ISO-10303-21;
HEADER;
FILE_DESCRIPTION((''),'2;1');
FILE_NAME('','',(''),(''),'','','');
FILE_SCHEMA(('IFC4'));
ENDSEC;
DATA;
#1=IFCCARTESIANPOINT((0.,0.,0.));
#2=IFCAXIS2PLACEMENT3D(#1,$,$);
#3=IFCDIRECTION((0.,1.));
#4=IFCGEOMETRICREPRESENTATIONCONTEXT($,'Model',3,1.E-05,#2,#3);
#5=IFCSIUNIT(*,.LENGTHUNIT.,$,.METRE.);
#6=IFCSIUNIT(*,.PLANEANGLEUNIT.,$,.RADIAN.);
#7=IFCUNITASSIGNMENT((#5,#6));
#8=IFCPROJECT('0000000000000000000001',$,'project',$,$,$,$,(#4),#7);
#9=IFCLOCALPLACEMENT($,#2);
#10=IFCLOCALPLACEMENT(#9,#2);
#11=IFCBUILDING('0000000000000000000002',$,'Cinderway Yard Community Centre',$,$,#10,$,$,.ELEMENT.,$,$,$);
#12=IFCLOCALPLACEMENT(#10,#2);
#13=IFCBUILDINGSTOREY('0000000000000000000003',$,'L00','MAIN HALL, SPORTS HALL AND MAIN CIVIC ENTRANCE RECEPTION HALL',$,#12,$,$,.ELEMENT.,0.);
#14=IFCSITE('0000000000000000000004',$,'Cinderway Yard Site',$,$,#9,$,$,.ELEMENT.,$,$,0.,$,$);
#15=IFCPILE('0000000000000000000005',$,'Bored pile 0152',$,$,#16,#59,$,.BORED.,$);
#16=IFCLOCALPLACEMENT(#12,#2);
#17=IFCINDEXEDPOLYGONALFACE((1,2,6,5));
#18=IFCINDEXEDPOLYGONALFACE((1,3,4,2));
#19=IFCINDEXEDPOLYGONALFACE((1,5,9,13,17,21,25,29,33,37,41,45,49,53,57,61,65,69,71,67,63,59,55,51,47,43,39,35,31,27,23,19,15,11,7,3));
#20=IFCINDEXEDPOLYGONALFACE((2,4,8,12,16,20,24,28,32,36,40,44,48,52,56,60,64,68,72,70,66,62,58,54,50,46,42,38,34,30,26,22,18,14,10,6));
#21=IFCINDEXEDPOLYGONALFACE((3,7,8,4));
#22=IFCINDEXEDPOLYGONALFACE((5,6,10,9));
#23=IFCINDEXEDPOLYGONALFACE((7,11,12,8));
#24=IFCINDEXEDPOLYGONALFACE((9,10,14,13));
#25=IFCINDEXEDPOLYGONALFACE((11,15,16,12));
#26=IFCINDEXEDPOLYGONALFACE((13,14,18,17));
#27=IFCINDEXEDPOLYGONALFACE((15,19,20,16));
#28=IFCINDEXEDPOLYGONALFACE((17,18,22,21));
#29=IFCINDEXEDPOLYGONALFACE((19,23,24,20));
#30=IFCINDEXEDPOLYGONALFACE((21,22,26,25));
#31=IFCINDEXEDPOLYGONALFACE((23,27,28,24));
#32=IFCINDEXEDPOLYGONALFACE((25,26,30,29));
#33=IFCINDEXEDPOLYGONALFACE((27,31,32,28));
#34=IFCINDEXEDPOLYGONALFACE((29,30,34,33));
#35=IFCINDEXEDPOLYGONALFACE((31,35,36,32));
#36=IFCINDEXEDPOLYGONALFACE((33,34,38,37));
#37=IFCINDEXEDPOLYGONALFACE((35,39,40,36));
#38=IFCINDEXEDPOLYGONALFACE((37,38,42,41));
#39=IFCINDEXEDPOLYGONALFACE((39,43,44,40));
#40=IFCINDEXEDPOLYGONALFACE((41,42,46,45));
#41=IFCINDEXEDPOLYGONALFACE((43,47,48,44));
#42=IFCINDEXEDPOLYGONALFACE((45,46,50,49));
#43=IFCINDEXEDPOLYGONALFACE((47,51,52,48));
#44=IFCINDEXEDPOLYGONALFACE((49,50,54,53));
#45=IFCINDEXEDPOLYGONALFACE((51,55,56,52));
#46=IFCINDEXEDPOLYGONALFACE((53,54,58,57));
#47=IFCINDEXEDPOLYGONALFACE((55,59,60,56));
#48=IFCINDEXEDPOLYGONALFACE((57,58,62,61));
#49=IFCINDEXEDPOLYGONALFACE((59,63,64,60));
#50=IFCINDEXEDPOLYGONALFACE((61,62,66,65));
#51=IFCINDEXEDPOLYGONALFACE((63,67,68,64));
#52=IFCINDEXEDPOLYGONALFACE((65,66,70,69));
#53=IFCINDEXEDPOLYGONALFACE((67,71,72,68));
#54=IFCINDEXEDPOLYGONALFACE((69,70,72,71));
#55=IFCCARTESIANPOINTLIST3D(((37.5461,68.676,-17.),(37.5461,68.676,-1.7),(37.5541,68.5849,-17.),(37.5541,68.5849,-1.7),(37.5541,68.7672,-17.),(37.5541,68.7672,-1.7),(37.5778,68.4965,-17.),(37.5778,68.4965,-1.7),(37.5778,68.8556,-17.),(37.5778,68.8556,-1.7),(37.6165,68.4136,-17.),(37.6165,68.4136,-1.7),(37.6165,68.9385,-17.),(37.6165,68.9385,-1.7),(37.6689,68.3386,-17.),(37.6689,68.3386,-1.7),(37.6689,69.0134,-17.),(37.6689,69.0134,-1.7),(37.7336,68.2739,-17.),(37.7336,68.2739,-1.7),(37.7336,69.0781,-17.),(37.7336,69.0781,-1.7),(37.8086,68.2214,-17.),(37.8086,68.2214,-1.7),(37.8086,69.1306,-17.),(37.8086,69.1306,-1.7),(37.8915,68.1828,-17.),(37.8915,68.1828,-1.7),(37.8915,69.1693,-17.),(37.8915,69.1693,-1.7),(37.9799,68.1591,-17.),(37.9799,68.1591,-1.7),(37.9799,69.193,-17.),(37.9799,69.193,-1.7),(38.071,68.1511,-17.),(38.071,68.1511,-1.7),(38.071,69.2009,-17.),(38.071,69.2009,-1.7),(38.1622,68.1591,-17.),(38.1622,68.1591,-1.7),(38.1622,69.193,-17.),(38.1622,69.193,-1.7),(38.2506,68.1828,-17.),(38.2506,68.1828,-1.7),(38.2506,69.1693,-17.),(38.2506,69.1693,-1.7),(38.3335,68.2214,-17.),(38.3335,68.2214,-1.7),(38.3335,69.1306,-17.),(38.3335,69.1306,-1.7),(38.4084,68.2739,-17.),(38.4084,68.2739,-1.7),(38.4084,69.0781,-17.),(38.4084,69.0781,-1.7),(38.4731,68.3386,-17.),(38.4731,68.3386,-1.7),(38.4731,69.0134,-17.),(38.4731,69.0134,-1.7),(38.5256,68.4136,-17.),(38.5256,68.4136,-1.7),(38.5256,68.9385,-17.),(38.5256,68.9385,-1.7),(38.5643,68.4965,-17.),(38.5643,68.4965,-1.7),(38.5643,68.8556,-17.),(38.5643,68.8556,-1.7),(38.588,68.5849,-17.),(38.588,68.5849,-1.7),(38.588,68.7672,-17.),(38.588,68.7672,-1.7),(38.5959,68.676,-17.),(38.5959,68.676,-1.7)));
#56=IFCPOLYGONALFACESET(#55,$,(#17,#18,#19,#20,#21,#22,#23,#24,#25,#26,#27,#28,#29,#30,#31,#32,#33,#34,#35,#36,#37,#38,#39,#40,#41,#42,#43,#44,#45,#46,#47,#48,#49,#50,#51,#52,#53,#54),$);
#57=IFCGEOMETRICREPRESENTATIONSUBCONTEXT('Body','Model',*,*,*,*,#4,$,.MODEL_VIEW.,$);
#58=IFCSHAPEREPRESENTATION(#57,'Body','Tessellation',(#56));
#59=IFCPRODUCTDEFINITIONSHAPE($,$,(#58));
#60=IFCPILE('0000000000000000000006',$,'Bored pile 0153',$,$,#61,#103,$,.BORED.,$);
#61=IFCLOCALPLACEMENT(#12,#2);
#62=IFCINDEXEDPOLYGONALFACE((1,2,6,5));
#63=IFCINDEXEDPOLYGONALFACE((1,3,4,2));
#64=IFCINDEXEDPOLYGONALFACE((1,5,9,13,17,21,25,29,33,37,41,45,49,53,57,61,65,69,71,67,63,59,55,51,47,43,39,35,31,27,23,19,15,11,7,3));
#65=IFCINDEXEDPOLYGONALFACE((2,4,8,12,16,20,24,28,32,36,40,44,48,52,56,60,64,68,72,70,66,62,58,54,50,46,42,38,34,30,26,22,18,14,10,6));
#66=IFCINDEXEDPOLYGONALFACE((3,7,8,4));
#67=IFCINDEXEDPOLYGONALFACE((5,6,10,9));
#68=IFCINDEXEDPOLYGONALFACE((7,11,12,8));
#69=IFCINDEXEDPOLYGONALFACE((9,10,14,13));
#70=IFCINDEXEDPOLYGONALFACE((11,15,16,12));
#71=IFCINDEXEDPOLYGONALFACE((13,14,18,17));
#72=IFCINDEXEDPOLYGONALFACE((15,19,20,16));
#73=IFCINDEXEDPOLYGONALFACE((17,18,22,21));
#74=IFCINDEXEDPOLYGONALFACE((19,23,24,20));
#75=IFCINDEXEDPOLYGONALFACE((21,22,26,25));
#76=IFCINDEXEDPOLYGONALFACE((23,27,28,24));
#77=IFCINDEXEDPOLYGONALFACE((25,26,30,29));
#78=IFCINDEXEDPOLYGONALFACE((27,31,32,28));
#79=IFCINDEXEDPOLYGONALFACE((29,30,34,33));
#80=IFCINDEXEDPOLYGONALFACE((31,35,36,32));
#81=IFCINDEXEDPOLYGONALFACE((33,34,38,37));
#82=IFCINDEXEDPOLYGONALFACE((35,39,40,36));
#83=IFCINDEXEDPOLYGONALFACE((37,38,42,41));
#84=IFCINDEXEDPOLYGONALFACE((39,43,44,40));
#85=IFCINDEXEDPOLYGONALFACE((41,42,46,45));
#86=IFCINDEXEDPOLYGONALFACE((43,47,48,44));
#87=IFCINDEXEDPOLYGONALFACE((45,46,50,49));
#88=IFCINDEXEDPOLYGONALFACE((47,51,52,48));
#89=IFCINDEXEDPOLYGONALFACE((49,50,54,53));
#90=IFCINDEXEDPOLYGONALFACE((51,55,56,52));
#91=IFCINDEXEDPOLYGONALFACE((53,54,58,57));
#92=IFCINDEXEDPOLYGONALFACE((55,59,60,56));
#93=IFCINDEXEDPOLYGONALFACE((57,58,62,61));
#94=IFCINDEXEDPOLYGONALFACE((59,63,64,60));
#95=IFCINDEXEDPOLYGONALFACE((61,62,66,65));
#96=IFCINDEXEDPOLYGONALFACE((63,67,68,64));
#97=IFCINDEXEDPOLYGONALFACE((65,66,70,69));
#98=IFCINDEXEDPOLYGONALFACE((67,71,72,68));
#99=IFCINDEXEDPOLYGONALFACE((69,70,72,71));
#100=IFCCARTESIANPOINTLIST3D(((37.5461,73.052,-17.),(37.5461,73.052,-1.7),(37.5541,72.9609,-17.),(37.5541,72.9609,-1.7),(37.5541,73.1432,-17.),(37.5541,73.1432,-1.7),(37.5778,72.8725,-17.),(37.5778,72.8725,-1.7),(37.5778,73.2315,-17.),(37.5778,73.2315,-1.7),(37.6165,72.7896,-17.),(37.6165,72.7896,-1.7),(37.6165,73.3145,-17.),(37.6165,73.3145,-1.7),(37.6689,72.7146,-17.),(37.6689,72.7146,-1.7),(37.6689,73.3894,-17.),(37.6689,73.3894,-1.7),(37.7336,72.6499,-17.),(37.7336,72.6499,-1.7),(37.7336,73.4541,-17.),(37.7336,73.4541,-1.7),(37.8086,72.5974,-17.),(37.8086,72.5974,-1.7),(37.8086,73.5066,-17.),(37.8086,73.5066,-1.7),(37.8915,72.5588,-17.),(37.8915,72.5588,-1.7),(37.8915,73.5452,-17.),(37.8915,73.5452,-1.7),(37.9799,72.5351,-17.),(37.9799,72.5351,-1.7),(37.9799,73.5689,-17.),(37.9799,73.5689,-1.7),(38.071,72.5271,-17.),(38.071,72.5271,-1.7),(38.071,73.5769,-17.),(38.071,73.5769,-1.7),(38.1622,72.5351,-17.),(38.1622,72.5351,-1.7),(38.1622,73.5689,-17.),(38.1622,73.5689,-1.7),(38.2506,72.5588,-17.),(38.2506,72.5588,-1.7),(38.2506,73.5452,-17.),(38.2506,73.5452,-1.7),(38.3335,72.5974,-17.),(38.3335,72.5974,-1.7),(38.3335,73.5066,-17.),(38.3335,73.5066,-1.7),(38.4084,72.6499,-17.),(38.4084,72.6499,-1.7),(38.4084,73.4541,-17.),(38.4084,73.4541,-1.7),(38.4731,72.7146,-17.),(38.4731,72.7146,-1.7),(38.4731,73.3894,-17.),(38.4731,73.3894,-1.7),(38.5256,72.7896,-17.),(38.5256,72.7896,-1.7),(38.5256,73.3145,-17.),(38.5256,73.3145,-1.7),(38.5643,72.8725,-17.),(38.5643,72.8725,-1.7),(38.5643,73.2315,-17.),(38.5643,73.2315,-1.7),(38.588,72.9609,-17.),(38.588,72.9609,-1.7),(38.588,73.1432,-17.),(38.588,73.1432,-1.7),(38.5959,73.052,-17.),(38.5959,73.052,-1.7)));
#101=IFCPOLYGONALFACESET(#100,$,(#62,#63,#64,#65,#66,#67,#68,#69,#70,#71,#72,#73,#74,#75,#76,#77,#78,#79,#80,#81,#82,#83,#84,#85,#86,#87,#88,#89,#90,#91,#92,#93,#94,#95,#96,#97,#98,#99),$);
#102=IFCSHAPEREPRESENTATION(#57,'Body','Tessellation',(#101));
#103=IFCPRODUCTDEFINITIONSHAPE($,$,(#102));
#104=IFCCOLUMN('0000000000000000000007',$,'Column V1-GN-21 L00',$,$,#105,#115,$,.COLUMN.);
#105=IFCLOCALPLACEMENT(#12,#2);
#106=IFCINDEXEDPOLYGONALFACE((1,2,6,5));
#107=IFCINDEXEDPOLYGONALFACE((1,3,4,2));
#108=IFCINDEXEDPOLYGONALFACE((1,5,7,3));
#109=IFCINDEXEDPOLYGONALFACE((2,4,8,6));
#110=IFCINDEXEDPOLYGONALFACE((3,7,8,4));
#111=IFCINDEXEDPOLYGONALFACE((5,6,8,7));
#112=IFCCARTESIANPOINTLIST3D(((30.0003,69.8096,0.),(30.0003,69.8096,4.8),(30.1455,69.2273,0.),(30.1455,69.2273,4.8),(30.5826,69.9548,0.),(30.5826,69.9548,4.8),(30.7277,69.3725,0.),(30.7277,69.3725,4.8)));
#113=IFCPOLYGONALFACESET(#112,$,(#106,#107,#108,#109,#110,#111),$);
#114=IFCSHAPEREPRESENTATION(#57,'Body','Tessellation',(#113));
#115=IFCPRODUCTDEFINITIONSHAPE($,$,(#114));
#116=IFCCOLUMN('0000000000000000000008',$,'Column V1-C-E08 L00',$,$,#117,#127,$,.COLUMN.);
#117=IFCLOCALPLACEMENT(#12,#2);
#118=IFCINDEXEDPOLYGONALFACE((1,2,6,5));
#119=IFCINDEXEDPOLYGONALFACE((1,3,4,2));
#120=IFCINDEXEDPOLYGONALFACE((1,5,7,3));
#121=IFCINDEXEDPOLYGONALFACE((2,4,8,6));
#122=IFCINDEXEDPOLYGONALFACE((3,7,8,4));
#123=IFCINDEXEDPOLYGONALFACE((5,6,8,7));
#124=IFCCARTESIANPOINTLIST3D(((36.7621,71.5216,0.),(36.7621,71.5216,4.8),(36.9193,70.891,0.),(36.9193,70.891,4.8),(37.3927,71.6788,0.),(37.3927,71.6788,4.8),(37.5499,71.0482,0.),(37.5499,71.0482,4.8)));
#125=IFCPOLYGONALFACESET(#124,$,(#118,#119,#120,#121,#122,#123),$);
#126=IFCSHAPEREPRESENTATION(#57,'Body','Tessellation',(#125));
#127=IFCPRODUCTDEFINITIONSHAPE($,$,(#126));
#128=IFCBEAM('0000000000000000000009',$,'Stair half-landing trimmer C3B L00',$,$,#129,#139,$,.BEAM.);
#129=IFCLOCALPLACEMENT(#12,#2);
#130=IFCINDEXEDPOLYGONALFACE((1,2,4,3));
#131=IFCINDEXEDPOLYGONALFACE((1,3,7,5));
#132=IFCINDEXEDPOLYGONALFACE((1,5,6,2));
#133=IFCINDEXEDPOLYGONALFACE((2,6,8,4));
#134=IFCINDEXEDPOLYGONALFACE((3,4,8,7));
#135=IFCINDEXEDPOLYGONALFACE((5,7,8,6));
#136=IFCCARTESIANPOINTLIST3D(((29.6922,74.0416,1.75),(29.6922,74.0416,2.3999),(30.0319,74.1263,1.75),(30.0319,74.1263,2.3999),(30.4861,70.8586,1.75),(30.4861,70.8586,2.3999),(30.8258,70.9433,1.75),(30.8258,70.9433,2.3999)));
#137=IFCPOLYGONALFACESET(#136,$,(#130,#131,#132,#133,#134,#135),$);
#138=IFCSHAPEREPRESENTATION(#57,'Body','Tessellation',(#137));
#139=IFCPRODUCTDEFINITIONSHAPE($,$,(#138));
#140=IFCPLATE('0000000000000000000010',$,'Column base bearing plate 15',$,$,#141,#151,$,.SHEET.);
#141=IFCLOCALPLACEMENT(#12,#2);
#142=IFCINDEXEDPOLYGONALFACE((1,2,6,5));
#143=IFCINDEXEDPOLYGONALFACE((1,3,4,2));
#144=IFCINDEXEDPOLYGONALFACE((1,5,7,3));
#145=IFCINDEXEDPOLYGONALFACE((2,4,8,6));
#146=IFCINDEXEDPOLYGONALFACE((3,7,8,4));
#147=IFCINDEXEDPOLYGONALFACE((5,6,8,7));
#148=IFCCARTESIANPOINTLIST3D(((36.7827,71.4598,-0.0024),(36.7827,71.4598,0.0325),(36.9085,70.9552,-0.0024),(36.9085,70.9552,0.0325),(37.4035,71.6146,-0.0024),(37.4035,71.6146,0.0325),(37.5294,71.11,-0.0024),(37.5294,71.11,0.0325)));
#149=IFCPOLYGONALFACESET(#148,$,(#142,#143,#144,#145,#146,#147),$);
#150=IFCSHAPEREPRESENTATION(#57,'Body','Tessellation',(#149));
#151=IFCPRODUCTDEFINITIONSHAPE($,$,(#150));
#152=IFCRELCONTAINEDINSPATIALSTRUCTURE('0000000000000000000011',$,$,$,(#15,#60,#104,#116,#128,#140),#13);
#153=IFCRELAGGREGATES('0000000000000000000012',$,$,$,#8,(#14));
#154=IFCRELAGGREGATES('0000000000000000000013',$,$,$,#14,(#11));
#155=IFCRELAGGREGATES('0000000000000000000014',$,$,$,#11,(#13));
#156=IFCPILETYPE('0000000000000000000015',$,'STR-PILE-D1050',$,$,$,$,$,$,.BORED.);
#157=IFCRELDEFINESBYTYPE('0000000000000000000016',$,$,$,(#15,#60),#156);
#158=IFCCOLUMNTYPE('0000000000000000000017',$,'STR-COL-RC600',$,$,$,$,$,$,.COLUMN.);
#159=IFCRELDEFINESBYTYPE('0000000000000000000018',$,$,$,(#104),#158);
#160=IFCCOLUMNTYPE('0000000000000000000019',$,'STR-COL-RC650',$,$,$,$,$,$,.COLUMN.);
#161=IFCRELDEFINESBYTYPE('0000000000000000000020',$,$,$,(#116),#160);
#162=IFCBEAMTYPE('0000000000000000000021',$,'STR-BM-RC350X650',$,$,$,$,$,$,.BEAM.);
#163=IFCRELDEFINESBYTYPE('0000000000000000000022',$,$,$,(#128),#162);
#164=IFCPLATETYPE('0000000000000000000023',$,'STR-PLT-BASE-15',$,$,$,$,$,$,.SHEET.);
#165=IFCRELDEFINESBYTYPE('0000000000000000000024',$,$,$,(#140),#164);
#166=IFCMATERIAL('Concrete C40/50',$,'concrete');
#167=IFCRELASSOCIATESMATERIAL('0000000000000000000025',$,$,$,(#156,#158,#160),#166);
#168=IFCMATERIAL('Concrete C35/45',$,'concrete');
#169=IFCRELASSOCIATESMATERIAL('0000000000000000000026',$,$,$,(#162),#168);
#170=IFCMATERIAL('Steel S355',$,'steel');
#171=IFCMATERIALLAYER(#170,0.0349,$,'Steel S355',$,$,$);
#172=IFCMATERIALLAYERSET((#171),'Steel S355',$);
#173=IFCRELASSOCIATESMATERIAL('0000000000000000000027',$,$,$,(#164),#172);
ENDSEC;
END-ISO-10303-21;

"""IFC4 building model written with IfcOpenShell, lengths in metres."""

from ifc_helpers import new_model, si_unit, direction, frame, origin, origin_2d, place, context, subcontext, project, spatial, rectangle, circle, extrude, material, layer, layer_set, material_profile, profile_set, type_object, element, save


model = new_model("IFC4")

# Units and contexts
model_context = context("Model", 3, precision=1e-05, world=origin(), true_north=direction((0.0, 1.0)))
body_context = subcontext(model_context, "Body", "Model", "MODEL_VIEW")
ifc_project = project(units=[si_unit("LENGTHUNIT", "METRE"), si_unit("PLANEANGLEUNIT", "RADIAN")], contexts=[model_context])

# Site, building, storey
site_placement = place(None, origin())
site = spatial("IfcSite", under=ifc_project, at=site_placement, Name="Cinderway Yard Site", CompositionType="ELEMENT", RefElevation=0.0)
building_placement = place(site_placement, origin())
building = spatial("IfcBuilding", under=site, at=building_placement, Name="Cinderway Yard Community Centre", CompositionType="ELEMENT")
storey_placement = place(building_placement, origin())
storey = spatial("IfcBuildingStorey", under=building, at=storey_placement, Name="L00", Description="MAIN HALL, SPORTS HALL AND MAIN CIVIC ENTRANCE RECEPTION HALL", CompositionType="ELEMENT", Elevation=0.0)

# Shared definitions
ifc_material_1 = material(Name="Concrete C40/50", Category="concrete")

# Piles
ifc_material_profile_1 = material_profile(ifc_material_1, circle(Radius=0.5249, at=origin_2d()), Name="Concrete C40/50")
ifc_profile_set_1 = profile_set([ifc_material_profile_1], Name="Concrete C40/50")
pile_type = type_object("IfcPileType", Name="STR-PILE-D1050", PredefinedType="BORED", material=ifc_profile_set_1)
for number, where, z_axis, x_axis, name in (
    (1, (38.071, 68.676, -1.7), (0.0, 0.0, -1.0), (1.0, 0.0, 0.0), "Bored pile 0152"),
    (2, (38.071, 73.052, -1.7), (0.0, 0.0, -1.0), (1.0, 0.0, 0.0), "Bored pile 0153"),
):
    element("IfcPile", number, at=place(storey_placement, frame(where, z_axis=z_axis, x_axis=x_axis)), inside=storey, type_object=pile_type, Name=name, PredefinedType="BORED", context=body_context, shape_type="SweptSolid", body=[
        extrude(circle(Radius=0.5249, at=origin_2d()), origin(), (0.0, 0.0, 1.0), 15.3),
    ])

# Columns
ifc_material_profile_2 = material_profile(ifc_material_1, rectangle(XDim=0.6001, YDim=0.6001, at=origin_2d()), Name="Concrete C40/50")
ifc_profile_set_2 = profile_set([ifc_material_profile_2], Name="Concrete C40/50")
column_type_1 = type_object("IfcColumnType", Name="STR-COL-RC600", PredefinedType="COLUMN", material=ifc_profile_set_2)
column_1_placement = place(storey_placement, frame((30.364, 69.5911, 0.0), z_axis=(0.0, 0.0, 1.0), x_axis=(0.970296, 0.241922, 0.0)))
element("IfcColumn", 3, at=column_1_placement, inside=storey, type_object=column_type_1, Name="Column V1-GN-21 L00", PredefinedType="COLUMN", context=body_context, shape_type="SweptSolid", body=[
    extrude(rectangle(XDim=0.6001, YDim=0.6001, at=origin_2d()), origin(), (0.0, 0.0, 1.0), 4.8),
])
ifc_material_profile_3 = material_profile(ifc_material_1, rectangle(XDim=0.6499, YDim=0.6499, at=origin_2d()), Name="Concrete C40/50")
ifc_profile_set_3 = profile_set([ifc_material_profile_3], Name="Concrete C40/50")
column_type_2 = type_object("IfcColumnType", Name="STR-COL-RC650", PredefinedType="COLUMN", material=ifc_profile_set_3)
column_2_placement = place(storey_placement, frame((37.156, 71.2849, 0.0), z_axis=(0.0, 0.0, 1.0), x_axis=(0.970296, 0.241922, 0.0)))
element("IfcColumn", 4, at=column_2_placement, inside=storey, type_object=column_type_2, Name="Column V1-C-E08 L00", PredefinedType="COLUMN", context=body_context, shape_type="SweptSolid", body=[
    extrude(rectangle(XDim=0.6499, YDim=0.6499, at=origin_2d()), origin(), (0.0, 0.0, 1.0), 4.8),
])

# Beam
ifc_material_2 = material(Name="Concrete C35/45", Category="concrete")
ifc_material_profile_4 = material_profile(ifc_material_2, rectangle(XDim=0.3501, YDim=0.6499, at=origin_2d()), Name="Concrete C35/45")
ifc_profile_set_4 = profile_set([ifc_material_profile_4], Name="Concrete C35/45")
beam_type = type_object("IfcBeamType", Name="STR-BM-RC350X650", PredefinedType="BEAM", material=ifc_profile_set_4)
beam_placement = place(storey_placement, frame((29.8621, 74.084, 2.075), z_axis=(0.24201, -0.970274, 0.0), x_axis=(0.970274, 0.24201, 0.0)))
element("IfcBeam", 5, at=beam_placement, inside=storey, type_object=beam_type, Name="Stair half-landing trimmer C3B L00", PredefinedType="BEAM", context=body_context, shape_type="SweptSolid", body=[
    extrude(rectangle(XDim=0.3501, YDim=0.6499, at=origin_2d()), origin(), (0.0, 0.0, 1.0), 3.2805),
])

# Plate
ifc_material_3 = material(Name="Steel S355", Category="steel")
ifc_layer_1 = layer(ifc_material_3, 0.0349, Name="Steel S355")
ifc_layer_set_1 = layer_set([ifc_layer_1], Name="Steel S355")
plate_type = type_object("IfcPlateType", Name="STR-PLT-BASE-15", PredefinedType="SHEET", material=ifc_layer_set_1)
plate_placement = place(storey_placement, frame((37.156, 71.2849, -0.0024), z_axis=(0.0, 0.0, 1.0), x_axis=(0.970296, 0.241922, 0.0)))
element("IfcPlate", 6, at=plate_placement, inside=storey, type_object=plate_type, Name="Column base bearing plate 15", PredefinedType="SHEET", context=body_context, shape_type="SweptSolid", body=[
    extrude(rectangle(XDim=0.6399, YDim=0.52, at=origin_2d()), origin(), (0.0, 0.0, 1.0), 0.0349),
])

save(model, "model.ifc")
